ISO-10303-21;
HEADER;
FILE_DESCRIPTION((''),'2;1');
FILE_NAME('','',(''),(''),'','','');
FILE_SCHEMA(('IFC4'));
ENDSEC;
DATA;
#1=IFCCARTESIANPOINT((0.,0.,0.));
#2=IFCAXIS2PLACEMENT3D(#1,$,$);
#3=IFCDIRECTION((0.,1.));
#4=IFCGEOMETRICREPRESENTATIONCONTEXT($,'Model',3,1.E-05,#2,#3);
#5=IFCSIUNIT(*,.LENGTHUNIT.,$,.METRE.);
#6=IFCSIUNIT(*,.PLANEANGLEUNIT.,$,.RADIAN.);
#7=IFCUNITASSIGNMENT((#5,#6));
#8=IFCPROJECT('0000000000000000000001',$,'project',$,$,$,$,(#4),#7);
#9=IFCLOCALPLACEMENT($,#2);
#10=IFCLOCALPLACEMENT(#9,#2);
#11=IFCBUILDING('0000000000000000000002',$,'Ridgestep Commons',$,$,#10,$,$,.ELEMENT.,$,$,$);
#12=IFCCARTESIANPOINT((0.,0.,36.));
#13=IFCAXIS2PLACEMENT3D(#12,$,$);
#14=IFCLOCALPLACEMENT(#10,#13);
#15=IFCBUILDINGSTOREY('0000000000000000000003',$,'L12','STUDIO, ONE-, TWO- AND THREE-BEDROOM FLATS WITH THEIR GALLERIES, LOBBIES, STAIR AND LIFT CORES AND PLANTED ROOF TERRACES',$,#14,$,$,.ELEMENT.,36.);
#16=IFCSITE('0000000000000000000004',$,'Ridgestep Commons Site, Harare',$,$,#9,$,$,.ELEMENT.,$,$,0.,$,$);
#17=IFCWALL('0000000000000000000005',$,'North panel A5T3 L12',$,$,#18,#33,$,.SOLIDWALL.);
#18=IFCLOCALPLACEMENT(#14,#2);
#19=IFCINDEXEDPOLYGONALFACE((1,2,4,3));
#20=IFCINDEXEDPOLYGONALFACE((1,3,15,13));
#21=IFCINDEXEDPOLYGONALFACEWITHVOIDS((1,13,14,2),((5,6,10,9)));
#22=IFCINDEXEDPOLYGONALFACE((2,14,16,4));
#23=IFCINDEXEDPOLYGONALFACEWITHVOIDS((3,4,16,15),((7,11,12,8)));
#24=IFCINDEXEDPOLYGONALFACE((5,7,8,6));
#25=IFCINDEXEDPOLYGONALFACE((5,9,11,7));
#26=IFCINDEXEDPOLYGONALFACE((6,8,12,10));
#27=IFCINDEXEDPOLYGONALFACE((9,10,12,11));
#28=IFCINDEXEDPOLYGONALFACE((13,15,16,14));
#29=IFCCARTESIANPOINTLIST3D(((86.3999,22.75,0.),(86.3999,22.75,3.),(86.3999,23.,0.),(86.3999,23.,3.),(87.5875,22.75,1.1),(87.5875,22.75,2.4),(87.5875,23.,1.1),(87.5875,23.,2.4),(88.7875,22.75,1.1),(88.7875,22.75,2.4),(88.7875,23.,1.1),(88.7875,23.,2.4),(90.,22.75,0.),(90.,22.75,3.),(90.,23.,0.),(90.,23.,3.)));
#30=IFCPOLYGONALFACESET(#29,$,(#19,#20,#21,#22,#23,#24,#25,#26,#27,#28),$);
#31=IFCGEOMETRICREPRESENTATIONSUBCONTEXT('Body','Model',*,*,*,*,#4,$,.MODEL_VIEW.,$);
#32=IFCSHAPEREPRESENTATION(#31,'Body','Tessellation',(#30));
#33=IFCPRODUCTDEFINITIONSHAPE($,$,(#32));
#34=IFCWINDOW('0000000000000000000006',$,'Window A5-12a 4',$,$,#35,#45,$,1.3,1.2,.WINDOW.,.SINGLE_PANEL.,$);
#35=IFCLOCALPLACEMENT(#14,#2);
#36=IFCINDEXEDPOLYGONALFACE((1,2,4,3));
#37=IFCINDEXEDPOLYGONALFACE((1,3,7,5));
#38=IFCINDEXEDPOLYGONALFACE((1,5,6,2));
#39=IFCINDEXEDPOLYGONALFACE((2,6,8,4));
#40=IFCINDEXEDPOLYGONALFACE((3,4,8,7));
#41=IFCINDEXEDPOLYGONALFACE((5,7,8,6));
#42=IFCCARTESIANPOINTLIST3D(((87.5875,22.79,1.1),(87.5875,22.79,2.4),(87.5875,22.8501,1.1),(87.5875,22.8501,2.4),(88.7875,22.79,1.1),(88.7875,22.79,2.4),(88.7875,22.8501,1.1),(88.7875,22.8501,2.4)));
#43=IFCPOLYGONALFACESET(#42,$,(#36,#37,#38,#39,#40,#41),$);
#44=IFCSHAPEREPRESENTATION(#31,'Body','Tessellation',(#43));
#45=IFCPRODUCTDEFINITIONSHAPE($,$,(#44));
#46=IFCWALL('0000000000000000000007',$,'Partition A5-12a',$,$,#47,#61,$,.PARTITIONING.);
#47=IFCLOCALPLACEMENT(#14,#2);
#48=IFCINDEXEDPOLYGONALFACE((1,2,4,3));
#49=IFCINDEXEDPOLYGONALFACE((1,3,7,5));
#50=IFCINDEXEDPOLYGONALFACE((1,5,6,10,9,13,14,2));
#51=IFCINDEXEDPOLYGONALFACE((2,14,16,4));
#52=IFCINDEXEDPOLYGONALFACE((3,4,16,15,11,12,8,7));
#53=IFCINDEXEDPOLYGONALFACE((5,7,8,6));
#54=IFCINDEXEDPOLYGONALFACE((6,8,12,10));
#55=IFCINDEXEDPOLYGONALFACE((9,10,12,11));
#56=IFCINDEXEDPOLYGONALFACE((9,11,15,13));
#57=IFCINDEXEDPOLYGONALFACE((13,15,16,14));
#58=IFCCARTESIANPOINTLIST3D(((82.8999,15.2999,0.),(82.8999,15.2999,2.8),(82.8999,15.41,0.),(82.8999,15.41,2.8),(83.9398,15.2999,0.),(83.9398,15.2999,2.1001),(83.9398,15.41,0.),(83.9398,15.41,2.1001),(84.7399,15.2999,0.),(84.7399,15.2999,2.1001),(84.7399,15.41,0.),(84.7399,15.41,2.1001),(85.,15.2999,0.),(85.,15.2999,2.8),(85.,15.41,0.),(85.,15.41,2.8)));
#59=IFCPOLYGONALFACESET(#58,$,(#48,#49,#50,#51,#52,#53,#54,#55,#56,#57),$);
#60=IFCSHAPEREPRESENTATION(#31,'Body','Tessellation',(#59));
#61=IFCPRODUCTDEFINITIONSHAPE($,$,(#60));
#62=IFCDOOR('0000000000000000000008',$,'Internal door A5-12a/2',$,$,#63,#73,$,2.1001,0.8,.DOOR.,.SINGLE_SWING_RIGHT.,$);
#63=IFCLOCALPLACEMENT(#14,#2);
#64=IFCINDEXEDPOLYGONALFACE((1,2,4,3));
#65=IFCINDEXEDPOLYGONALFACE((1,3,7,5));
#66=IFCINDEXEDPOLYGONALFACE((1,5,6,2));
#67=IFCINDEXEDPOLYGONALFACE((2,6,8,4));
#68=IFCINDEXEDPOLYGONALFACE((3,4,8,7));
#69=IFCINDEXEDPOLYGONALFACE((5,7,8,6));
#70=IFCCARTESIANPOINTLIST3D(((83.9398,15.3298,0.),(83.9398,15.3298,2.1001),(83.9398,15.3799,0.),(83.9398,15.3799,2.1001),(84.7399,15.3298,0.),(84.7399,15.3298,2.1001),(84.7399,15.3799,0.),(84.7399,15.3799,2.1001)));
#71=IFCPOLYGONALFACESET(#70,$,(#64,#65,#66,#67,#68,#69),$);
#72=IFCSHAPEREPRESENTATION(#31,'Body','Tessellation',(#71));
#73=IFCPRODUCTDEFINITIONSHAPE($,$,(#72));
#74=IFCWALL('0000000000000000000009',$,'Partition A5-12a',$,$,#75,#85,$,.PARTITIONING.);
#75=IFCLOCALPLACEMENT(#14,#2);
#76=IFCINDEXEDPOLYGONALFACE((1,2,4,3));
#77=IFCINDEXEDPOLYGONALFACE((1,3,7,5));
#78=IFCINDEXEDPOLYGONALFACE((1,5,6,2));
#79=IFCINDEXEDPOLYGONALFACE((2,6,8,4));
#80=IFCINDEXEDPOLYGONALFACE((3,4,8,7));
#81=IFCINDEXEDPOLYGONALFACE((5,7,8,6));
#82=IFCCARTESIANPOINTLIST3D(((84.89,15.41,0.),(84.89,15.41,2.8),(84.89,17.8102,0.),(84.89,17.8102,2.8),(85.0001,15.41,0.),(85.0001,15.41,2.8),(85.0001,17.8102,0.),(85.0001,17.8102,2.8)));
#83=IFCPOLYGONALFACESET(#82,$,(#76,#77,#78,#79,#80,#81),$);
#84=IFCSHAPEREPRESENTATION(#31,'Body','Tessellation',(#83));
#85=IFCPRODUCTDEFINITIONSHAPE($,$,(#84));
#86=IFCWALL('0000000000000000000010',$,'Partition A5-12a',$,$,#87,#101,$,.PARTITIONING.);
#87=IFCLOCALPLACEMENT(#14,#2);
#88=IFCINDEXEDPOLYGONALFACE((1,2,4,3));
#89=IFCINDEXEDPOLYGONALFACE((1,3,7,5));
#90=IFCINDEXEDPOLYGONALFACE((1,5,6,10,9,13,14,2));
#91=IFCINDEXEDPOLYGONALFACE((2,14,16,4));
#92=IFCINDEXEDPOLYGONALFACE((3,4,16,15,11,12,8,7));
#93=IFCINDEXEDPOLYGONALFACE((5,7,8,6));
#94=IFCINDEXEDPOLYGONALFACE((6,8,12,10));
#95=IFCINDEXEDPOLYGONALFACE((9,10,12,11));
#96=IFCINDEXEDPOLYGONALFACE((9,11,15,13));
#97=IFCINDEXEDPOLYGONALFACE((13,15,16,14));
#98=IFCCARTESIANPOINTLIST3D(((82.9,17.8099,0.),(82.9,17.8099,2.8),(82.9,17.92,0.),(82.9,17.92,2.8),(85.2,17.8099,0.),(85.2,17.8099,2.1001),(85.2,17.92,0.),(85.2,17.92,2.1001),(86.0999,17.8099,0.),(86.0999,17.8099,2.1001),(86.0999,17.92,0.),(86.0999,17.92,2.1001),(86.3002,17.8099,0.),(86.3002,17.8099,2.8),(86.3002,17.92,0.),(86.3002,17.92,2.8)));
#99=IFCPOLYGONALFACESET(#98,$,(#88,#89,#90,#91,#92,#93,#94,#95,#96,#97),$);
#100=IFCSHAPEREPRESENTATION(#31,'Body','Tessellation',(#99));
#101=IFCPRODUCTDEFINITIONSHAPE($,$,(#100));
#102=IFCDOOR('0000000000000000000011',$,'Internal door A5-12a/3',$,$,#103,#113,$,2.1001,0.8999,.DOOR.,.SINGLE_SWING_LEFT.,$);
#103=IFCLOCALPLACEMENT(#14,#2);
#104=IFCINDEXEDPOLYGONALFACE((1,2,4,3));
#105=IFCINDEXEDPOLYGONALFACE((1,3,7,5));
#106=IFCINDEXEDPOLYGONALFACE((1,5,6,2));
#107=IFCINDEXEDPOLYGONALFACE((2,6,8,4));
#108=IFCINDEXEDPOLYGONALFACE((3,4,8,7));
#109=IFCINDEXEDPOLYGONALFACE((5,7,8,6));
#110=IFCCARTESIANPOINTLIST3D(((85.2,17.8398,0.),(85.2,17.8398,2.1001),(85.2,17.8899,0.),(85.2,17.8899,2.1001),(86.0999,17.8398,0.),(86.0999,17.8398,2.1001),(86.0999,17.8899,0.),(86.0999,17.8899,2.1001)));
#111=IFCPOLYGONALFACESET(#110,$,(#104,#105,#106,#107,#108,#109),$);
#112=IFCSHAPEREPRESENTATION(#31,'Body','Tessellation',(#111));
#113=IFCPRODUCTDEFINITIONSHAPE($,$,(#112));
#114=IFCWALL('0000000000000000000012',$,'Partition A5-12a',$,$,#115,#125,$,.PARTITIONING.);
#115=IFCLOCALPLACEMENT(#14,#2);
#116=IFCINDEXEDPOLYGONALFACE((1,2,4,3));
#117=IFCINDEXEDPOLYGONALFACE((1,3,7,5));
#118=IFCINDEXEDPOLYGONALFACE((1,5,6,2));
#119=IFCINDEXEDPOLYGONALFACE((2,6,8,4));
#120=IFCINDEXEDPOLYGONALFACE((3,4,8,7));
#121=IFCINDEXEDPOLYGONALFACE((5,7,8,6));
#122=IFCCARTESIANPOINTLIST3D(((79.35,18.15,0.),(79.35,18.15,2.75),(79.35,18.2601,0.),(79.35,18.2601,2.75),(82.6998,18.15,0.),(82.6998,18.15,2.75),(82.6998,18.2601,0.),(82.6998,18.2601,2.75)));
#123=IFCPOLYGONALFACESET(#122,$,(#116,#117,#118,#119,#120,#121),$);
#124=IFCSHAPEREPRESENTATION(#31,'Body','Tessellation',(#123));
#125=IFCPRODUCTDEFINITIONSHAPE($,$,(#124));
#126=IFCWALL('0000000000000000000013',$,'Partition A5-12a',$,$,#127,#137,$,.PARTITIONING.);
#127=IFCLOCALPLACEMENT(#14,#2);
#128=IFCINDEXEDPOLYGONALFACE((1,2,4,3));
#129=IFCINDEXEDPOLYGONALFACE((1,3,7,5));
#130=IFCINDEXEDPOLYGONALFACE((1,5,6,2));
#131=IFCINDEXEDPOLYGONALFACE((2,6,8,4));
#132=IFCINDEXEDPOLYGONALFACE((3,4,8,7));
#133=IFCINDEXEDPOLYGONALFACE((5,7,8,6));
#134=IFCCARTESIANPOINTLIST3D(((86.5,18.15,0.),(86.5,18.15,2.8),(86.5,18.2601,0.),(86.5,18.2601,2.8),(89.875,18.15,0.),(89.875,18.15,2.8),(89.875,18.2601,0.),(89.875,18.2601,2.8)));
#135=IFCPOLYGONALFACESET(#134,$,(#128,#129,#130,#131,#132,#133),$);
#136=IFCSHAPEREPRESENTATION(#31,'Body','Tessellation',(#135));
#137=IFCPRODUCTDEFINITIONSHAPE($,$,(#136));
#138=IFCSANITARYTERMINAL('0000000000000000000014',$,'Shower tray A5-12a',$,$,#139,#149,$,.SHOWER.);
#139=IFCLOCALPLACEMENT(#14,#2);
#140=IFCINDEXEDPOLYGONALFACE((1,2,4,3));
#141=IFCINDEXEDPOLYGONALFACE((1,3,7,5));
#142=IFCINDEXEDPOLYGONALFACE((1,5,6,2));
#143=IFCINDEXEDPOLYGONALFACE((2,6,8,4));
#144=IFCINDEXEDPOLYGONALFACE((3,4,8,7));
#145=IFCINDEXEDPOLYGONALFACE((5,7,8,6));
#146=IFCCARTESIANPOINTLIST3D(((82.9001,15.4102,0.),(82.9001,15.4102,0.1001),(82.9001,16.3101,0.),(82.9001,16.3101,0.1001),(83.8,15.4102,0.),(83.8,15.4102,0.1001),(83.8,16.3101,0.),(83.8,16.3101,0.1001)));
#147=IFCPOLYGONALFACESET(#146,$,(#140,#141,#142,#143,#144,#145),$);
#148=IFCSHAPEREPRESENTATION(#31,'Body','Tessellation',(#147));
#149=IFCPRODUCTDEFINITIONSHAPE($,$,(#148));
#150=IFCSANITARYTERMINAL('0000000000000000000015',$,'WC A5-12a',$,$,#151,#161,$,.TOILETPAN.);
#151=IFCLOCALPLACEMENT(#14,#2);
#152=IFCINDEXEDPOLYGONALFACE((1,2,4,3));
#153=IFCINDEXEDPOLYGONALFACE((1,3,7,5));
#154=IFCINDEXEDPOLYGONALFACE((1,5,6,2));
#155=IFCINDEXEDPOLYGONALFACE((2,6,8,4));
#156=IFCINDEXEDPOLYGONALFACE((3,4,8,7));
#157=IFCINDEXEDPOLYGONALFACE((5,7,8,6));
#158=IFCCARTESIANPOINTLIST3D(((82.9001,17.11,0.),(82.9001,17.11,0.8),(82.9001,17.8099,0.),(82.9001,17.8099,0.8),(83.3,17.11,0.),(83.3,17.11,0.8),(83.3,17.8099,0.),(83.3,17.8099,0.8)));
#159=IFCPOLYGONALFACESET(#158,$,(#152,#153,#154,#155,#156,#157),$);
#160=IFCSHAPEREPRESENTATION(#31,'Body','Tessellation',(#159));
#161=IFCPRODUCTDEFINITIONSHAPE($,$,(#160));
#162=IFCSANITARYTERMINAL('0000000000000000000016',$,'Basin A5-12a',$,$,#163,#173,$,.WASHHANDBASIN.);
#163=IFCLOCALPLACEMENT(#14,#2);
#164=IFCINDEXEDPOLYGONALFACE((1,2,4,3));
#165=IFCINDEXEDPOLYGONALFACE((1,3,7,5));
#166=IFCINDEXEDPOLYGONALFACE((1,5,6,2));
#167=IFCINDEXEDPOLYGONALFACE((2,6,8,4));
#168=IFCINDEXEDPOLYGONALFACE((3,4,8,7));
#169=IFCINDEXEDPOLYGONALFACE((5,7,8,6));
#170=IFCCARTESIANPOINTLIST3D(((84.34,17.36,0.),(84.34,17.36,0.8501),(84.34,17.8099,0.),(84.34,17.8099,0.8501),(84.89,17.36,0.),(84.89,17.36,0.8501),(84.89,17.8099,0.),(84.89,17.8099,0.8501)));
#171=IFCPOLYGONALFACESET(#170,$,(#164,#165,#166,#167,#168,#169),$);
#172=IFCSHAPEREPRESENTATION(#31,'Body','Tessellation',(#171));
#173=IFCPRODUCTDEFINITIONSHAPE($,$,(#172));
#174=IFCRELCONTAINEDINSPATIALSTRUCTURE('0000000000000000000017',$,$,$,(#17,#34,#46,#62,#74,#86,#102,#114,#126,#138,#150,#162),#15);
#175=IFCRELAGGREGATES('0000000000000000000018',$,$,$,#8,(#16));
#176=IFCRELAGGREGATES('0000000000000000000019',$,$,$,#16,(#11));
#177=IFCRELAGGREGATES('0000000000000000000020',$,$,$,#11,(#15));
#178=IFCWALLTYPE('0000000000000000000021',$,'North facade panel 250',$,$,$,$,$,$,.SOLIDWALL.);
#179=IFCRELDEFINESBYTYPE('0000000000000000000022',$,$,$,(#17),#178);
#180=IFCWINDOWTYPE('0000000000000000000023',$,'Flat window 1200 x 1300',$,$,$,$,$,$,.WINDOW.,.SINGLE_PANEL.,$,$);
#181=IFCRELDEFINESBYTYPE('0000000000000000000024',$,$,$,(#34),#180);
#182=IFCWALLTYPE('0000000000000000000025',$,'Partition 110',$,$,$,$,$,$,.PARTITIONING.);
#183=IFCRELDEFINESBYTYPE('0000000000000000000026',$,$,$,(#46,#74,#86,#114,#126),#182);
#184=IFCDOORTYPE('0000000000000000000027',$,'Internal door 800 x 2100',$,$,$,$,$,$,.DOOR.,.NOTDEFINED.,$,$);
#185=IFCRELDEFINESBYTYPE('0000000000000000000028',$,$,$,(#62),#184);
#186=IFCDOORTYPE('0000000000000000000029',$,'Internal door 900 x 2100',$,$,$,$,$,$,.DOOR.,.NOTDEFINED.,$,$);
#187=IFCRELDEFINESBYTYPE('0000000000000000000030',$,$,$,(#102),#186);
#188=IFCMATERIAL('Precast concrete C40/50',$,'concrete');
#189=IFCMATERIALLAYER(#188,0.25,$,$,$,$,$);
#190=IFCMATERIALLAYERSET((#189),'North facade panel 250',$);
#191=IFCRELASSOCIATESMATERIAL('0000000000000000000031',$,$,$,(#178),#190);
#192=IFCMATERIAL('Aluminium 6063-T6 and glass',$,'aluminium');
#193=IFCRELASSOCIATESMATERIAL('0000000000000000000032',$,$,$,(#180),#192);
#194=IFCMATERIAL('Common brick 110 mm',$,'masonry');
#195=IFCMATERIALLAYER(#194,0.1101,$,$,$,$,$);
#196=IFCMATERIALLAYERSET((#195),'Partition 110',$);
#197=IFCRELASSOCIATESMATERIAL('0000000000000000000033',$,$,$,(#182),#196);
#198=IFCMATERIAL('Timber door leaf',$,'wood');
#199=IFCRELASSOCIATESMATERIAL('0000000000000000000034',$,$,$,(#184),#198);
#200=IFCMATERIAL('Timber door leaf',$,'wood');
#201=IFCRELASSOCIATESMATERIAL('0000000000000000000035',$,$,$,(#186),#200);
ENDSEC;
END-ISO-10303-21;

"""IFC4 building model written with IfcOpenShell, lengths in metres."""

from ifc_helpers import new_model, si_unit, direction, frame, frame_2d, origin, origin_2d, place, context, subcontext, project, spatial, rectangle, extrude, material, layer, layer_set, type_object, element, fill, save


model = new_model("IFC4")

# Units and contexts
model_context = context("Model", 3, precision=1e-05, world=origin(), true_north=direction((0.0, 1.0)))
body_context = subcontext(model_context, "Body", "Model", "MODEL_VIEW")
ifc_project = project(units=[si_unit("LENGTHUNIT", "METRE"), si_unit("PLANEANGLEUNIT", "RADIAN")], contexts=[model_context])

# Site, building, storey
site_placement = place(None, origin())
site = spatial("IfcSite", under=ifc_project, at=site_placement, Name="Ridgestep Commons Site, Harare", CompositionType="ELEMENT", RefElevation=0.0)
building_placement = place(site_placement, origin())
building = spatial("IfcBuilding", under=site, at=building_placement, Name="Ridgestep Commons", CompositionType="ELEMENT")
storey_placement = place(building_placement, frame((0.0, 0.0, 36.0)))
storey = spatial("IfcBuildingStorey", under=building, at=storey_placement, Name="L12", Description="STUDIO, ONE-, TWO- AND THREE-BEDROOM FLATS WITH THEIR GALLERIES, LOBBIES, STAIR AND LIFT CORES AND PLANTED ROOF TERRACES", CompositionType="ELEMENT", Elevation=36.0)

# Wall, opening, window
ifc_material_1 = material(Name="Precast concrete C40/50", Category="concrete")
ifc_layer_1 = layer(ifc_material_1, 0.25)
ifc_layer_set_1 = layer_set([ifc_layer_1], Name="North facade panel 250")
wall_type_1 = type_object("IfcWallType", Name="North facade panel 250", PredefinedType="SOLIDWALL", material=ifc_layer_set_1)
wall_1_placement = place(storey_placement, frame((86.3999, 22.875, 0.0), z_axis=(0.0, 0.0, 1.0), x_axis=(1.0, 0.0, 0.0)))
wall_1 = element("IfcWall", 1, at=wall_1_placement, inside=storey, type_object=wall_type_1, Name="North panel A5T3 L12", PredefinedType="SOLIDWALL", context=body_context, shape_type="SweptSolid", body=[
    extrude(rectangle(XDim=3.6001, YDim=0.25, at=frame_2d((1.8, 0.0))), origin(), (0.0, 0.0, 1.0), 3.0),
])
opening_1_placement = place(wall_1_placement, frame((1.1875, 0.0, 1.1001)))
opening_1 = element("IfcOpeningElement", 2, at=opening_1_placement, cuts=wall_1, PredefinedType="OPENING", context=body_context, shape_type="SweptSolid", body=[
    extrude(rectangle(XDim=1.2, YDim=1.3, at=frame_2d((0.6001, 0.6499))), frame((0.0, 0.135, 0.0), z_axis=(0.0, -1.0, 0.0), x_axis=(1.0, 0.0, 0.0)), (0.0, 0.0, 1.0), 0.27),
])
ifc_material_2 = material(Name="Aluminium 6063-T6 and glass", Category="aluminium")
window_type_1 = type_object("IfcWindowType", Name="Flat window 1200 x 1300", PartitioningType="SINGLE_PANEL", PredefinedType="WINDOW", material=ifc_material_2)
window_1_placement = place(opening_1_placement, origin())
window_1 = element("IfcWindow", 3, at=window_1_placement, inside=storey, type_object=window_type_1, Name="Window A5-12a 4", OverallHeight=1.3, OverallWidth=1.2, PartitioningType="SINGLE_PANEL", PredefinedType="WINDOW", context=body_context, shape_type="SweptSolid", body=[
    extrude(rectangle(XDim=1.2, YDim=1.3, at=frame_2d((0.6001, 0.6499))), frame((0.0, -0.0249, 0.0), z_axis=(0.0, -1.0, 0.0), x_axis=(1.0, 0.0, 0.0)), (0.0, 0.0, 1.0), 0.0601),
])
fill(opening_1, window_1)

# Wall, opening, door
ifc_material_3 = material(Name="Common brick 110 mm", Category="masonry")
ifc_layer_2 = layer(ifc_material_3, 0.1101)
ifc_layer_set_2 = layer_set([ifc_layer_2], Name="Partition 110")
wall_type_2 = type_object("IfcWallType", Name="Partition 110", PredefinedType="PARTITIONING", material=ifc_layer_set_2)
wall_2_placement = place(storey_placement, frame((82.8999, 15.355, 0.0), z_axis=(0.0, 0.0, 1.0), x_axis=(1.0, 0.0, 0.0)))
wall_2 = element("IfcWall", 4, at=wall_2_placement, inside=storey, type_object=wall_type_2, Name="Partition A5-12a", PredefinedType="PARTITIONING", context=body_context, shape_type="SweptSolid", body=[
    extrude(rectangle(XDim=2.1001, YDim=0.1101, at=frame_2d((1.05, 0.0))), origin(), (0.0, 0.0, 1.0), 2.8),
])
opening_2_placement = place(wall_2_placement, frame((1.04, 0.0, 0.0)))
opening_2 = element("IfcOpeningElement", 5, at=opening_2_placement, cuts=wall_2, PredefinedType="OPENING", context=body_context, shape_type="SweptSolid", body=[
    extrude(rectangle(XDim=0.8, YDim=2.1001, at=frame_2d((0.3999, 1.05))), frame((0.0, 0.0649, 0.0), z_axis=(0.0, -1.0, 0.0), x_axis=(1.0, 0.0, 0.0)), (0.0, 0.0, 1.0), 0.1301),
])
ifc_material_4 = material(Name="Timber door leaf", Category="wood")
door_type_1 = type_object("IfcDoorType", Name="Internal door 800 x 2100", OperationType="NOTDEFINED", PredefinedType="DOOR", material=ifc_material_4)
door_1_placement = place(opening_2_placement, origin())
door_1 = element("IfcDoor", 6, at=door_1_placement, inside=storey, type_object=door_type_1, Name="Internal door A5-12a/2", OperationType="SINGLE_SWING_RIGHT", OverallHeight=2.1001, OverallWidth=0.8, PredefinedType="DOOR", context=body_context, shape_type="SweptSolid", body=[
    extrude(rectangle(XDim=0.8, YDim=2.1001, at=frame_2d((0.3999, 1.05))), frame((0.0, 0.0249, 0.0), z_axis=(0.0, -1.0, 0.0), x_axis=(1.0, 0.0, 0.0)), (0.0, 0.0, 1.0), 0.05),
])
fill(opening_2, door_1)

# Wall
wall_3_placement = place(storey_placement, frame((84.9451, 15.4099, 0.0), z_axis=(0.0, 0.0, 1.0), x_axis=(0.0, 1.0, 0.0)))
element("IfcWall", 7, at=wall_3_placement, inside=storey, type_object=wall_type_2, Name="Partition A5-12a", PredefinedType="PARTITIONING", context=body_context, shape_type="SweptSolid", body=[
    extrude(rectangle(XDim=2.4001, YDim=0.1101, at=frame_2d((1.2002, 0.0))), origin(), (0.0, 0.0, 1.0), 2.8),
])

# Wall, opening, door
wall_4_placement = place(storey_placement, frame((82.8999, 17.865, 0.0), z_axis=(0.0, 0.0, 1.0), x_axis=(1.0, 0.0, 0.0)))
wall_4 = element("IfcWall", 8, at=wall_4_placement, inside=storey, type_object=wall_type_2, Name="Partition A5-12a", PredefinedType="PARTITIONING", context=body_context, shape_type="SweptSolid", body=[
    extrude(rectangle(XDim=3.4001, YDim=0.1101, at=frame_2d((1.7002, 0.0))), origin(), (0.0, 0.0, 1.0), 2.8),
])
opening_3_placement = place(wall_4_placement, frame((2.3, 0.0, 0.0)))
opening_3 = element("IfcOpeningElement", 9, at=opening_3_placement, cuts=wall_4, PredefinedType="OPENING", context=body_context, shape_type="SweptSolid", body=[
    extrude(rectangle(XDim=0.8999, YDim=2.1001, at=frame_2d((0.45, 1.05))), frame((0.0, 0.0649, 0.0), z_axis=(0.0, -1.0, 0.0), x_axis=(1.0, 0.0, 0.0)), (0.0, 0.0, 1.0), 0.1301),
])
ifc_material_5 = material(Name="Timber door leaf", Category="wood")
door_type_2 = type_object("IfcDoorType", Name="Internal door 900 x 2100", OperationType="NOTDEFINED", PredefinedType="DOOR", material=ifc_material_5)
door_2_placement = place(opening_3_placement, origin())
door_2 = element("IfcDoor", 10, at=door_2_placement, inside=storey, type_object=door_type_2, Name="Internal door A5-12a/3", OperationType="SINGLE_SWING_LEFT", OverallHeight=2.1001, OverallWidth=0.8999, PredefinedType="DOOR", context=body_context, shape_type="SweptSolid", body=[
    extrude(rectangle(XDim=0.8999, YDim=2.1001, at=frame_2d((0.45, 1.05))), frame((0.0, 0.0249, 0.0), z_axis=(0.0, -1.0, 0.0), x_axis=(1.0, 0.0, 0.0)), (0.0, 0.0, 1.0), 0.05),
])
fill(opening_3, door_2)

# Walls
wall_5_placement = place(storey_placement, frame((79.3501, 18.2051, 0.0), z_axis=(0.0, 0.0, 1.0), x_axis=(1.0, 0.0, 0.0)))
element("IfcWall", 11, at=wall_5_placement, inside=storey, type_object=wall_type_2, Name="Partition A5-12a", PredefinedType="PARTITIONING", context=body_context, shape_type="SweptSolid", body=[
    extrude(rectangle(XDim=3.3499, YDim=0.1101, at=frame_2d((1.6748, 0.0))), origin(), (0.0, 0.0, 1.0), 2.75),
])
wall_6_placement = place(storey_placement, frame((86.5, 18.2051, 0.0), z_axis=(0.0, 0.0, 1.0), x_axis=(1.0, 0.0, 0.0)))
element("IfcWall", 12, at=wall_6_placement, inside=storey, type_object=wall_type_2, Name="Partition A5-12a", PredefinedType="PARTITIONING", context=body_context, shape_type="SweptSolid", body=[
    extrude(rectangle(XDim=3.375, YDim=0.1101, at=frame_2d((1.6875, 0.0))), origin(), (0.0, 0.0, 1.0), 2.8),
])

# Sanitary terminals
sanitary_terminal_1_placement = place(storey_placement, frame((83.3501, 15.8601, 0.0), z_axis=(0.0, 0.0, 1.0), x_axis=(1.0, 0.0, 0.0)))
element("IfcSanitaryTerminal", 13, at=sanitary_terminal_1_placement, inside=storey, Name="Shower tray A5-12a", PredefinedType="SHOWER", context=body_context, shape_type="SweptSolid", body=[
    extrude(rectangle(XDim=0.8999, YDim=0.8999, at=origin_2d()), origin(), (0.0, 0.0, 1.0), 0.1001),
])
sanitary_terminal_2_placement = place(storey_placement, frame((83.1001, 17.46, 0.0), z_axis=(0.0, 0.0, 1.0), x_axis=(1.0, 0.0, 0.0)))
element("IfcSanitaryTerminal", 14, at=sanitary_terminal_2_placement, inside=storey, Name="WC A5-12a", PredefinedType="TOILETPAN", context=body_context, shape_type="SweptSolid", body=[
    extrude(rectangle(XDim=0.3999, YDim=0.7, at=origin_2d()), origin(), (0.0, 0.0, 1.0), 0.8),
])
sanitary_terminal_3_placement = place(storey_placement, frame((84.615, 17.585, 0.0), z_axis=(0.0, 0.0, 1.0), x_axis=(1.0, 0.0, 0.0)))
element("IfcSanitaryTerminal", 15, at=sanitary_terminal_3_placement, inside=storey, Name="Basin A5-12a", PredefinedType="WASHHANDBASIN", context=body_context, shape_type="SweptSolid", body=[
    extrude(rectangle(XDim=0.55, YDim=0.45, at=origin_2d()), origin(), (0.0, 0.0, 1.0), 0.8501),
])

save(model, "model.ifc")
